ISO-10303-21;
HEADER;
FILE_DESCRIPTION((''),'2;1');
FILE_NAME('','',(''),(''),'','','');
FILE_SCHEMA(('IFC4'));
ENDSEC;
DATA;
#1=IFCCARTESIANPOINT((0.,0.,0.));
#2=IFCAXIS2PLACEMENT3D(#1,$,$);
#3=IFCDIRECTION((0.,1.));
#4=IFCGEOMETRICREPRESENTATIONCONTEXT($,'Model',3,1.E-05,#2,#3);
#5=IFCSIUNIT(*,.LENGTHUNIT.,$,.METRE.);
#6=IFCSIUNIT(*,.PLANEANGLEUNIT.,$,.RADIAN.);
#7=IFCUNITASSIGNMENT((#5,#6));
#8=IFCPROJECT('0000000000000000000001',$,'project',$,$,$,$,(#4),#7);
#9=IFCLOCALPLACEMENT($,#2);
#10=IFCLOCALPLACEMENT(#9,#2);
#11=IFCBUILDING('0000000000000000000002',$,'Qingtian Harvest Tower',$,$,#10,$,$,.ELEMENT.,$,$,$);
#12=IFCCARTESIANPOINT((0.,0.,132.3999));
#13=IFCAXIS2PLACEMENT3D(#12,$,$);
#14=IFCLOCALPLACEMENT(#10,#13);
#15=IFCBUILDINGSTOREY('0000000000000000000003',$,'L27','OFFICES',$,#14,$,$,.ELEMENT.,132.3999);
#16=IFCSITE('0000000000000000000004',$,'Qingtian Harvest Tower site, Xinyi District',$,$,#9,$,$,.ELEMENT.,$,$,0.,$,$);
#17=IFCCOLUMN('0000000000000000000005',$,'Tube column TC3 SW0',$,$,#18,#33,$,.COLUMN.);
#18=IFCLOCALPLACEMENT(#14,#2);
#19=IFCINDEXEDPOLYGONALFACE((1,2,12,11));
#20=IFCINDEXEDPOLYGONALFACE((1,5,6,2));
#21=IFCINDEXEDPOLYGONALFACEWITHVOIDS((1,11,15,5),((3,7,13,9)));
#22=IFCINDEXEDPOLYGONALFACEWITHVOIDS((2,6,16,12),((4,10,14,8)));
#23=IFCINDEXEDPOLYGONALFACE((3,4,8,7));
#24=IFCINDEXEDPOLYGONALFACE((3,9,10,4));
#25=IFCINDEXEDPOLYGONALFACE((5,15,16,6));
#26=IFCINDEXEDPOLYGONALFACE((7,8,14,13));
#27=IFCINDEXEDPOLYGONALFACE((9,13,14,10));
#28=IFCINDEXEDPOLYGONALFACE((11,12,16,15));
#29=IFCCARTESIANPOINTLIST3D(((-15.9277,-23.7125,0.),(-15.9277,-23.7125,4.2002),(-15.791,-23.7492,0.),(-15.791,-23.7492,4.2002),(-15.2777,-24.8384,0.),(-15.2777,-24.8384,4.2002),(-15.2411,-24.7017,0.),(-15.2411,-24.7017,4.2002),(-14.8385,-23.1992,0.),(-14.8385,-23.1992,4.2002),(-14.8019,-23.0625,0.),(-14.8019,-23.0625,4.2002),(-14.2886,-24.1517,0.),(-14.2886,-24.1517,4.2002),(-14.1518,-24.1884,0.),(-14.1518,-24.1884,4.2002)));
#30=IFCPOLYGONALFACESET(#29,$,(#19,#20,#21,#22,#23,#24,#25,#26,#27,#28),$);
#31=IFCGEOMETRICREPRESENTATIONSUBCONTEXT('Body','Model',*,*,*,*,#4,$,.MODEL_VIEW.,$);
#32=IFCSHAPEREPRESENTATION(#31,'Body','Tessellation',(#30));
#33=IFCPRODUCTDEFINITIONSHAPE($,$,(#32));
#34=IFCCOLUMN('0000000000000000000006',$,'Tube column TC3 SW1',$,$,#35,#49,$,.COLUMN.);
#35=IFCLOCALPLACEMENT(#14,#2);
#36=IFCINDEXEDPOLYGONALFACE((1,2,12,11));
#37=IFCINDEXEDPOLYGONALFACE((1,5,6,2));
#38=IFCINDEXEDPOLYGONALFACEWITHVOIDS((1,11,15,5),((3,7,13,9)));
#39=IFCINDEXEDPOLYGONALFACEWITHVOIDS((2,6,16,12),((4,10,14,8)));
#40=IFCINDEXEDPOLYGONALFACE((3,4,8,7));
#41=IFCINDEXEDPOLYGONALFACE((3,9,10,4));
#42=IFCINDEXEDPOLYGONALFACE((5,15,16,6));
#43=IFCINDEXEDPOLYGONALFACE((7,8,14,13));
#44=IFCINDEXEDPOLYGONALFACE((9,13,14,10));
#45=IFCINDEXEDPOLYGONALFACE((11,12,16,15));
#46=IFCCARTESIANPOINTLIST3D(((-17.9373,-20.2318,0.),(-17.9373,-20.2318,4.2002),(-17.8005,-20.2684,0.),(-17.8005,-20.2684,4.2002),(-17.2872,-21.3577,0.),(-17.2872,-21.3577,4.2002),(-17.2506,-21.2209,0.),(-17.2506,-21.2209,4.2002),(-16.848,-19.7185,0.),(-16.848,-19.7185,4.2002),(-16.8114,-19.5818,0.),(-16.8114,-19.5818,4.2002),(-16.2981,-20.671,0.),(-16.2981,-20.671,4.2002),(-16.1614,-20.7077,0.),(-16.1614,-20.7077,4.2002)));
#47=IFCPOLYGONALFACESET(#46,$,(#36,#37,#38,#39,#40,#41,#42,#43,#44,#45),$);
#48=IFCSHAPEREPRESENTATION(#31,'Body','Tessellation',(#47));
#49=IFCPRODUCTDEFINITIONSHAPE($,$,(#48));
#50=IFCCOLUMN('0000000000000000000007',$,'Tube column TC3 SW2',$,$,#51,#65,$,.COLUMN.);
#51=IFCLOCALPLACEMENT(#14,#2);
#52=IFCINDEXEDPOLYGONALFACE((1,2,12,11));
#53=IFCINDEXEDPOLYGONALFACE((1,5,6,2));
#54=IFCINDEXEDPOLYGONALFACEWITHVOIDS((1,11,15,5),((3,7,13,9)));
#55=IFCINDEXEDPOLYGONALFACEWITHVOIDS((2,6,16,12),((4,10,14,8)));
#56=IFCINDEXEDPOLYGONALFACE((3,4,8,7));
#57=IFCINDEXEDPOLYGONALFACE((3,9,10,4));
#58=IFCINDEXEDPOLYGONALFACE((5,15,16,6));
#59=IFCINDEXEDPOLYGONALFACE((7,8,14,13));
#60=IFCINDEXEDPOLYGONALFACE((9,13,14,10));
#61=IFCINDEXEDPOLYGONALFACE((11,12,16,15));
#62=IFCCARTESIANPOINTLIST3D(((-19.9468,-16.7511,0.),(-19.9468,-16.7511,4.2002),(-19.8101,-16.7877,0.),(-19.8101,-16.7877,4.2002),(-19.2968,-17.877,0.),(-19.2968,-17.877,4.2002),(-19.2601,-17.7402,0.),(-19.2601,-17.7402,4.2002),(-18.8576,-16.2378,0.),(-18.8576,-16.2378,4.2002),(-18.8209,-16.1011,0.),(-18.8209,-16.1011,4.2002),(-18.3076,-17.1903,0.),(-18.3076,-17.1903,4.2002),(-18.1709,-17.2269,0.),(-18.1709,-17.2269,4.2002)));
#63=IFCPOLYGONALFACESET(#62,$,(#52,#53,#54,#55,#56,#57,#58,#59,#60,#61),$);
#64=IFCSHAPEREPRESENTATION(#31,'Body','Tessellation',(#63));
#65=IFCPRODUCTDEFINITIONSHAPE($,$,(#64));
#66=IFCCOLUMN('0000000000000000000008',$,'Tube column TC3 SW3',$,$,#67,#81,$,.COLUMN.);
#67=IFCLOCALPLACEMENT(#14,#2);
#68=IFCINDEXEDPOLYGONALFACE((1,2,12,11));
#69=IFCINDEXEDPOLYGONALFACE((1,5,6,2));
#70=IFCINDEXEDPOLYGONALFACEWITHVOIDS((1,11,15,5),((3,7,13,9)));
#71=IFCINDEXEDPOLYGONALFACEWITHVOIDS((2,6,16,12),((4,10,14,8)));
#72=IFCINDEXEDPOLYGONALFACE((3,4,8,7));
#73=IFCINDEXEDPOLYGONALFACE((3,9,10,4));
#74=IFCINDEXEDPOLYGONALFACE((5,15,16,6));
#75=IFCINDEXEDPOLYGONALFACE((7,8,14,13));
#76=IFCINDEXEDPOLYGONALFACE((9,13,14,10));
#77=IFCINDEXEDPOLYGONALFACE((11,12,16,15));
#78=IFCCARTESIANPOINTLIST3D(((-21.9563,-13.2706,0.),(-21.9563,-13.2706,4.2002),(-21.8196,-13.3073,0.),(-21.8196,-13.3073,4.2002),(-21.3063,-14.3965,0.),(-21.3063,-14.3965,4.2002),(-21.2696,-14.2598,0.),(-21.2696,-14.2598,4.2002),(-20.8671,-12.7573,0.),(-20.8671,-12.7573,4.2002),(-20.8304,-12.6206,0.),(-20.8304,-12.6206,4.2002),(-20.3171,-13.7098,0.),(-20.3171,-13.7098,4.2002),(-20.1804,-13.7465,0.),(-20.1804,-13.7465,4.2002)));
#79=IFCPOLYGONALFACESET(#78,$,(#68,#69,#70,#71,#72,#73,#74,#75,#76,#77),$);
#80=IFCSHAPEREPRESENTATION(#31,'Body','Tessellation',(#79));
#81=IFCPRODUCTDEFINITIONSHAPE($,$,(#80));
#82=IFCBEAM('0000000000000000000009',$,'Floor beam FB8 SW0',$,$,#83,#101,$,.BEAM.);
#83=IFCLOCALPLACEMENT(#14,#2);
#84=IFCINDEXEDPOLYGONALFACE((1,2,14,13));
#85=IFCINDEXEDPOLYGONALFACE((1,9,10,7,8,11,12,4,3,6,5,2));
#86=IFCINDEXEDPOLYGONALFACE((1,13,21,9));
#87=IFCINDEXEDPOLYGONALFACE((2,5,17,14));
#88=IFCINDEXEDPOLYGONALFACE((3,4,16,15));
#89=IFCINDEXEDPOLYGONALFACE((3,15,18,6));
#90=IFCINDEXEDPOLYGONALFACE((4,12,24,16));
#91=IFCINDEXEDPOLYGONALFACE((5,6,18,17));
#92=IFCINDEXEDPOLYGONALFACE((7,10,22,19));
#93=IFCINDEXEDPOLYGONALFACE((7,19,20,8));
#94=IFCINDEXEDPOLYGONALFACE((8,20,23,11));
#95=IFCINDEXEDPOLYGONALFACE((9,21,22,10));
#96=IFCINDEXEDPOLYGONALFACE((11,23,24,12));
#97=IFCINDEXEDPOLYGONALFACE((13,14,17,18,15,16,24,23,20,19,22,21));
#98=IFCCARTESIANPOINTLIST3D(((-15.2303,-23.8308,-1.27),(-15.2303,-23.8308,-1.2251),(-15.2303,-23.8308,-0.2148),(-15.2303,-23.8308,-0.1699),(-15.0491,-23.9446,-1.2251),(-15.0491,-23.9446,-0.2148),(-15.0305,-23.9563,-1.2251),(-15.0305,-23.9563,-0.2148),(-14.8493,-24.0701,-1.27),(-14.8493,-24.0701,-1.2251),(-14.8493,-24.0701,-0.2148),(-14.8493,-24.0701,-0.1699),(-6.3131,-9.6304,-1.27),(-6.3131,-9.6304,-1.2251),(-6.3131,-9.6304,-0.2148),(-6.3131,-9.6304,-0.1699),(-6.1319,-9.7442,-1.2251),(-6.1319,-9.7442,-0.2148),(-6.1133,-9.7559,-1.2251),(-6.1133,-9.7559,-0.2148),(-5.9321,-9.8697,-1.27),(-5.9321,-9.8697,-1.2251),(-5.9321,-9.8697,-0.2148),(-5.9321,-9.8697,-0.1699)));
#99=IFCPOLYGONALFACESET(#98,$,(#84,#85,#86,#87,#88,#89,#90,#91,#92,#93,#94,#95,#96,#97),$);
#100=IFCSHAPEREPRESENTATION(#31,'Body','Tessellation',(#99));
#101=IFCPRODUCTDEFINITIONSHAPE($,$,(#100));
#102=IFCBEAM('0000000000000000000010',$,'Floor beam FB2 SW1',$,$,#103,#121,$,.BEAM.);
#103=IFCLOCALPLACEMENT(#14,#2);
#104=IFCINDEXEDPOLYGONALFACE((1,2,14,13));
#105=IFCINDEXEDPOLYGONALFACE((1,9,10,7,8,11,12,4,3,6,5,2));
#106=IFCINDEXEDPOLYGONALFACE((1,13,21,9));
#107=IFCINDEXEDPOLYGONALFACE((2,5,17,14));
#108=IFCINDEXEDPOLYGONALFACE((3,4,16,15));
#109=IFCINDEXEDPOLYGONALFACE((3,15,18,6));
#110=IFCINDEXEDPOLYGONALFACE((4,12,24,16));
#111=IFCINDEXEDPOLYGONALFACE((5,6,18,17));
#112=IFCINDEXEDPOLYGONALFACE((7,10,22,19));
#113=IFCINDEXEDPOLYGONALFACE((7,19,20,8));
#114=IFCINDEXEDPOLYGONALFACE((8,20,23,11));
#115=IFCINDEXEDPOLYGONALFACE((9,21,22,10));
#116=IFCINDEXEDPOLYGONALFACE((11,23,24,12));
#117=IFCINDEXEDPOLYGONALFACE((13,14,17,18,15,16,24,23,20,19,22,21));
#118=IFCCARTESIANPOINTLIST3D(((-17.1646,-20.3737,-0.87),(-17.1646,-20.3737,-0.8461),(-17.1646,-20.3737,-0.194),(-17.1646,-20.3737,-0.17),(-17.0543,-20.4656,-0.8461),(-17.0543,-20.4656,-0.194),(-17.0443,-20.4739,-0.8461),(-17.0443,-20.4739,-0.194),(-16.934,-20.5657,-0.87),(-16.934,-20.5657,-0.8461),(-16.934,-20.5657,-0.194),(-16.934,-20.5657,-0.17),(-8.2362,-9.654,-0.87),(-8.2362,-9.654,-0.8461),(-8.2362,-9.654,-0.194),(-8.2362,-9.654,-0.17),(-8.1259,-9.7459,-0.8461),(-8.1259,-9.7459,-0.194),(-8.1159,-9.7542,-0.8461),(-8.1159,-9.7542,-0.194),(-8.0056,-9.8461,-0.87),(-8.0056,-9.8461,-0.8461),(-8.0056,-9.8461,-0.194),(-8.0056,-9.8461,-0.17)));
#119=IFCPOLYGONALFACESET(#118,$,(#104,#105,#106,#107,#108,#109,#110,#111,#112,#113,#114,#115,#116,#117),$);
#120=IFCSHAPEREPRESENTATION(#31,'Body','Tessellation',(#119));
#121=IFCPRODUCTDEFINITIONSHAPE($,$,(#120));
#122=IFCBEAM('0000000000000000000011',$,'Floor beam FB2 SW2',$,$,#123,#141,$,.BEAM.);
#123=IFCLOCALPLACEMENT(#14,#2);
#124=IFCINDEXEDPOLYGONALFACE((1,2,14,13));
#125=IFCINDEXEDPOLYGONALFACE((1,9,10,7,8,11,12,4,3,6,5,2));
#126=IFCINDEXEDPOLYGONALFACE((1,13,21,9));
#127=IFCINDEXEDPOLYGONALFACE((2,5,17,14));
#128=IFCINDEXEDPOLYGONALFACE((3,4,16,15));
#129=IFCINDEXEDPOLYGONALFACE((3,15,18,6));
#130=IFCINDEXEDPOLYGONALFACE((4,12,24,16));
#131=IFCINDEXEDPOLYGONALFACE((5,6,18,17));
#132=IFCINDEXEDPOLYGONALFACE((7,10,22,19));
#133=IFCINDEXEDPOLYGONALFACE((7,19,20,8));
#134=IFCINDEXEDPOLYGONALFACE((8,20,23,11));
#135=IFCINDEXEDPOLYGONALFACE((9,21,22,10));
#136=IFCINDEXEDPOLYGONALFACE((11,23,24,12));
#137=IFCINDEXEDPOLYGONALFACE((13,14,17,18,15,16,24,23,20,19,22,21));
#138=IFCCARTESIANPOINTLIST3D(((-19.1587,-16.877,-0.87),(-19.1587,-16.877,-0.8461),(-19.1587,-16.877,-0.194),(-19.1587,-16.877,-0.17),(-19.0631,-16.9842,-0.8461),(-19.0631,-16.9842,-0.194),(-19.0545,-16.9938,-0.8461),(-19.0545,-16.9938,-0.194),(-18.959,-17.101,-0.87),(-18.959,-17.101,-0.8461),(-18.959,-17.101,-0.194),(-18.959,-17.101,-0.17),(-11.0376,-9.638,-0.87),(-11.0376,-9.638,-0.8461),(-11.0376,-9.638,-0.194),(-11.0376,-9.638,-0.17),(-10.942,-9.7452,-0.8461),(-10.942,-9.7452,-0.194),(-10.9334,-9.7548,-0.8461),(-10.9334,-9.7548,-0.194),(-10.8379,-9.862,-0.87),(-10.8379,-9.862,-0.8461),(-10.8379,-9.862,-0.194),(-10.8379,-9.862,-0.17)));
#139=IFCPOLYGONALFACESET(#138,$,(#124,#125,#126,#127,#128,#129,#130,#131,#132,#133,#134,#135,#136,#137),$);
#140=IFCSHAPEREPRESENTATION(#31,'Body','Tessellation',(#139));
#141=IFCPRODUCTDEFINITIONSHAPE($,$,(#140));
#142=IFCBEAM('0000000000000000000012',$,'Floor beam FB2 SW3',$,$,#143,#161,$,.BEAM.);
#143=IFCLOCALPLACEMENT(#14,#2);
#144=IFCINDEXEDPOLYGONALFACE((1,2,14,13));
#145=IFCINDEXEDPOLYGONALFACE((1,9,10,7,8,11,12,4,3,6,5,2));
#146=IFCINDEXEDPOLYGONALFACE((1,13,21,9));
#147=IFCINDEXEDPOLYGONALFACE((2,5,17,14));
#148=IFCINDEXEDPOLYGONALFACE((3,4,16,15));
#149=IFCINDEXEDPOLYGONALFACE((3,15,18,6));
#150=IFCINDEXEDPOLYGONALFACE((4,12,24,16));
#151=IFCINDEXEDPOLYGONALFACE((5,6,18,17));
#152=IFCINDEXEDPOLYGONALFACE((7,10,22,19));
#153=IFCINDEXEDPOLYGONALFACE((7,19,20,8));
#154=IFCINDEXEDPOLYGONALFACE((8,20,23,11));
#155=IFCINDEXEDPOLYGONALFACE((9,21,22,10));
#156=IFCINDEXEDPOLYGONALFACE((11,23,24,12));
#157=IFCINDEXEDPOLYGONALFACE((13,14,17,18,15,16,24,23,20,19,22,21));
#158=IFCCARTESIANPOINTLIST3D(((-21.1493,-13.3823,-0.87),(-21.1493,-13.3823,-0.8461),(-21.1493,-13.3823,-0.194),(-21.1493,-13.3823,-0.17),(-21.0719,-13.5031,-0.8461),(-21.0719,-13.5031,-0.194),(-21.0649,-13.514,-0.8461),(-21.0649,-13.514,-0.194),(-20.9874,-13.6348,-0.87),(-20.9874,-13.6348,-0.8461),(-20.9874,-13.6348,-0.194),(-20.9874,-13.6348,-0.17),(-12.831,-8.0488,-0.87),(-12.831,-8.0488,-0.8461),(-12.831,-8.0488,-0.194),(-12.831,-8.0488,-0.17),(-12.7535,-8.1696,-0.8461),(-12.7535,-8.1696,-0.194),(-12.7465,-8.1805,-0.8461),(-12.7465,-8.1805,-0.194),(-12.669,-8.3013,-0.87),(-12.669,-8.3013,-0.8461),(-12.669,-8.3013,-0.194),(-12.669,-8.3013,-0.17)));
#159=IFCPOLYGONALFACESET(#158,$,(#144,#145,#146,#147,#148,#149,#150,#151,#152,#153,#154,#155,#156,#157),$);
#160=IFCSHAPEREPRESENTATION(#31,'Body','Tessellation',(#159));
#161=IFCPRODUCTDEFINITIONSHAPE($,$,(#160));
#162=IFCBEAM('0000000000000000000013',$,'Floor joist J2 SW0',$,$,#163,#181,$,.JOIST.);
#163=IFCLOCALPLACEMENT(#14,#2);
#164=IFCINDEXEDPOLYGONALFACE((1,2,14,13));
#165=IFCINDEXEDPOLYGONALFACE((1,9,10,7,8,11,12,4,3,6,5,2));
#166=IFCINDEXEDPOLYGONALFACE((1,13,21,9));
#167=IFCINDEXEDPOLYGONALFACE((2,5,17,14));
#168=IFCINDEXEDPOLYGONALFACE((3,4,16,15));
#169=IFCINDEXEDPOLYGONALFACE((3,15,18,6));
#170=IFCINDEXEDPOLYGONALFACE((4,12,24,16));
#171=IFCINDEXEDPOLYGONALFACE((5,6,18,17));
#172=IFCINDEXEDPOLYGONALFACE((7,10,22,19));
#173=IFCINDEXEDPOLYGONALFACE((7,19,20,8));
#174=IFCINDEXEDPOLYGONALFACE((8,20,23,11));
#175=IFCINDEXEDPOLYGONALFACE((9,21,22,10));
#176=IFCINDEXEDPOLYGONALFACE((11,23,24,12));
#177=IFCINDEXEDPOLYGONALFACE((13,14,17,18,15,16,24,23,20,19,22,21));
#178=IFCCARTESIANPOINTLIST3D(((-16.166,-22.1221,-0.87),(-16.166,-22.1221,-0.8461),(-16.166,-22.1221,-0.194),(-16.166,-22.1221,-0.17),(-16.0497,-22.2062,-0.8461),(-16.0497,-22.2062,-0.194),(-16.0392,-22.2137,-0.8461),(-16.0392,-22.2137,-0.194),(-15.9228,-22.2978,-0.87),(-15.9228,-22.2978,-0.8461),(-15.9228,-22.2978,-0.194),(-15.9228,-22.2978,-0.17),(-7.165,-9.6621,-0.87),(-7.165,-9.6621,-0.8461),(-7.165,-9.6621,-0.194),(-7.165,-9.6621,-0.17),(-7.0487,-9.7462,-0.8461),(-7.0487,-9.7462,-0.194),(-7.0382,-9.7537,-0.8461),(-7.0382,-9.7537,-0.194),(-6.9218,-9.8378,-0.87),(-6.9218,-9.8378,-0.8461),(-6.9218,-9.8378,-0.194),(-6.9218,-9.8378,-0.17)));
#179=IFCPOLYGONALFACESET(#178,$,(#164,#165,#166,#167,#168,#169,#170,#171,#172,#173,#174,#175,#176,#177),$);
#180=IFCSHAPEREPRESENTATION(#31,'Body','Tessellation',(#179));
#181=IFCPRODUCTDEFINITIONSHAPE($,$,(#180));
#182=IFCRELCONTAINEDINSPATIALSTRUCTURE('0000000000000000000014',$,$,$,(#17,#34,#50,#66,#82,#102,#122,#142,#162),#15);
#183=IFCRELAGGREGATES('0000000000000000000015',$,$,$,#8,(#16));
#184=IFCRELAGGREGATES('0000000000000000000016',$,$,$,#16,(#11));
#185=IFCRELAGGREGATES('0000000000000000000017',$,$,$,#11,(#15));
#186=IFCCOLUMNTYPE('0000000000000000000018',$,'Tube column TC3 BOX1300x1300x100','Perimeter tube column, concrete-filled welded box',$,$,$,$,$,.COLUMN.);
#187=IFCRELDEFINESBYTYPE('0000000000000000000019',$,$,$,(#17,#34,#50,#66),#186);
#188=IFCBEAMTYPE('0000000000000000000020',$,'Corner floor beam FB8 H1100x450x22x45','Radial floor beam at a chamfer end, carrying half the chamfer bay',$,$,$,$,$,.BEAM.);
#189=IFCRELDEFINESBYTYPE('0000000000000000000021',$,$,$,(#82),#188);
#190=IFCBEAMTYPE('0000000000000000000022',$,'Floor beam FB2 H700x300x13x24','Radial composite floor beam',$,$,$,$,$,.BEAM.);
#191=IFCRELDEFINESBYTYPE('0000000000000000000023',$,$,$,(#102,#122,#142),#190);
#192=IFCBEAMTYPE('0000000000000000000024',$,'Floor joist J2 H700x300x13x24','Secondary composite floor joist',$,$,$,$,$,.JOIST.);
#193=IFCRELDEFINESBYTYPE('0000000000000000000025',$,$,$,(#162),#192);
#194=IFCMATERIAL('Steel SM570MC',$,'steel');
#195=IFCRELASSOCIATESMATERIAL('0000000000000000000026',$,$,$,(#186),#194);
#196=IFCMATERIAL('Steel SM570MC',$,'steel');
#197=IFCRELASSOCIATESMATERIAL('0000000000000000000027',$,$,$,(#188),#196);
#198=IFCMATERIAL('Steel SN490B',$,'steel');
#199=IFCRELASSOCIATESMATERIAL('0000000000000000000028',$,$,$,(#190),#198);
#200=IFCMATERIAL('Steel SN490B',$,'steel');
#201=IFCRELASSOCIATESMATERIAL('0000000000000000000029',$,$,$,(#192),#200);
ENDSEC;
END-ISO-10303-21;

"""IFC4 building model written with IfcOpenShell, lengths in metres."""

from ifc_helpers import new_model, si_unit, direction, frame, origin, origin_2d, place, context, subcontext, project, spatial, hollow_rectangle, i_section, extrude, material, material_profile, profile_set, type_object, element, save


model = new_model("IFC4")

# Units and contexts
model_context = context("Model", 3, precision=1e-05, world=origin(), true_north=direction((0.0, 1.0)))
body_context = subcontext(model_context, "Body", "Model", "MODEL_VIEW")
ifc_project = project(units=[si_unit("LENGTHUNIT", "METRE"), si_unit("PLANEANGLEUNIT", "RADIAN")], contexts=[model_context])

# Site, building, storey
site_placement = place(None, origin())
site = spatial("IfcSite", under=ifc_project, at=site_placement, Name="Qingtian Harvest Tower site, Xinyi District", CompositionType="ELEMENT", RefElevation=0.0)
building_placement = place(site_placement, origin())
building = spatial("IfcBuilding", under=site, at=building_placement, Name="Qingtian Harvest Tower", CompositionType="ELEMENT")
storey_placement = place(building_placement, frame((0.0, 0.0, 132.3999)))
storey = spatial("IfcBuildingStorey", under=building, at=storey_placement, Name="L27", Description="OFFICES", CompositionType="ELEMENT", Elevation=132.3999)

# Columns
ifc_material_1 = material(Name="Steel SM570MC", Category="steel")
ifc_material_profile_1 = material_profile(ifc_material_1, hollow_rectangle(XDim=1.3, YDim=1.3, WallThickness=0.1001, at=origin_2d()), Name="BOX1300x1300x100")
ifc_profile_set_1 = profile_set([ifc_material_profile_1], Name="Steel SM570MC")
column_type = type_object("IfcColumnType", Name="Tube column TC3 BOX1300x1300x100", Description="Perimeter tube column, concrete-filled welded box", PredefinedType="COLUMN", material=ifc_profile_set_1)
for number, where, z_axis, x_axis, name in (
    (1, (-15.0398, -23.9504, 0.0), (0.0, 0.0, 1.0), (0.5, -0.866025, 0.0), "Tube column TC3 SW0"),
    (2, (-17.0493, -20.4697, 0.0), (0.0, 0.0, 1.0), (0.5, -0.866025, 0.0), "Tube column TC3 SW1"),
    (3, (-19.0588, -16.989, 0.0), (0.0, 0.0, 1.0), (0.5, -0.866025, 0.0), "Tube column TC3 SW2"),
    (4, (-21.0684, -13.5085, 0.0), (0.0, 0.0, 1.0), (0.5, -0.866025, 0.0), "Tube column TC3 SW3"),
):
    element("IfcColumn", number, at=place(storey_placement, frame(where, z_axis=z_axis, x_axis=x_axis)), inside=storey, type_object=column_type, Name=name, PredefinedType="COLUMN", context=body_context, shape_type="SweptSolid", body=[
        extrude(hollow_rectangle(XDim=1.3, YDim=1.3, WallThickness=0.1001, at=origin_2d()), origin(), (0.0, 0.0, 1.0), 4.2002),
    ])

# Beams
ifc_material_2 = material(Name="Steel SM570MC", Category="steel")
ifc_material_profile_2 = material_profile(ifc_material_2, i_section(OverallWidth=0.45, OverallDepth=1.1001, WebThickness=0.022, FlangeThickness=0.0449, at=origin_2d()), Name="H1100x450x22x45")
ifc_profile_set_2 = profile_set([ifc_material_profile_2], Name="Steel SM570MC")
beam_type_1 = type_object("IfcBeamType", Name="Corner floor beam FB8 H1100x450x22x45", Description="Radial floor beam at a chamfer end, carrying half the chamfer bay", PredefinedType="BEAM", material=ifc_profile_set_2)
beam_1_placement = place(storey_placement, frame((-15.0398, -23.9504, -0.72), z_axis=(0.531797, 0.846872, 0.0), x_axis=(-0.846872, 0.531797, 0.0)))
element("IfcBeam", 5, at=beam_1_placement, inside=storey, type_object=beam_type_1, Name="Floor beam FB8 SW0", PredefinedType="BEAM", context=body_context, shape_type="SweptSolid", body=[
    extrude(i_section(OverallWidth=0.45, OverallDepth=1.1001, WebThickness=0.022, FlangeThickness=0.0449, at=origin_2d()), origin(), (0.0, 0.0, 1.0), 16.7681),
])
ifc_material_3 = material(Name="Steel SN490B", Category="steel")
ifc_material_profile_3 = material_profile(ifc_material_3, i_section(OverallWidth=0.3, OverallDepth=0.7, WebThickness=0.0129, FlangeThickness=0.0239, at=origin_2d()), Name="H700x300x13x24")
ifc_profile_set_3 = profile_set([ifc_material_profile_3], Name="Steel SN490B")
beam_type_2 = type_object("IfcBeamType", Name="Floor beam FB2 H700x300x13x24", Description="Radial composite floor beam", PredefinedType="BEAM", material=ifc_profile_set_3)
beam_2_placement = place(storey_placement, frame((-17.0493, -20.4697, -0.52), z_axis=(0.639988, 0.768385, 0.0), x_axis=(-0.768385, 0.639988, 0.0)))
element("IfcBeam", 6, at=beam_2_placement, inside=storey, type_object=beam_type_2, Name="Floor beam FB2 SW1", PredefinedType="BEAM", context=body_context, shape_type="SweptSolid", body=[
    extrude(i_section(OverallWidth=0.3, OverallDepth=0.7, WebThickness=0.0129, FlangeThickness=0.0239, at=origin_2d()), origin(), (0.0, 0.0, 1.0), 13.9509),
])
beam_3_placement = place(storey_placement, frame((-19.0588, -16.989, -0.52), z_axis=(0.746484, 0.665404, 0.0), x_axis=(-0.665404, 0.746484, 0.0)))
element("IfcBeam", 7, at=beam_3_placement, inside=storey, type_object=beam_type_2, Name="Floor beam FB2 SW2", PredefinedType="BEAM", context=body_context, shape_type="SweptSolid", body=[
    extrude(i_section(OverallWidth=0.3, OverallDepth=0.7, WebThickness=0.0129, FlangeThickness=0.0239, at=origin_2d()), origin(), (0.0, 0.0, 1.0), 10.8792),
])
beam_4_placement = place(storey_placement, frame((-21.0684, -13.5085, -0.52), z_axis=(0.841823, 0.539753, 0.0), x_axis=(-0.539753, 0.841823, 0.0)))
element("IfcBeam", 8, at=beam_4_placement, inside=storey, type_object=beam_type_2, Name="Floor beam FB2 SW3", PredefinedType="BEAM", context=body_context, shape_type="SweptSolid", body=[
    extrude(i_section(OverallWidth=0.3, OverallDepth=0.7, WebThickness=0.0129, FlangeThickness=0.0239, at=origin_2d()), origin(), (0.0, 0.0, 1.0), 9.8813),
])
ifc_material_4 = material(Name="Steel SN490B", Category="steel")
ifc_material_profile_4 = material_profile(ifc_material_4, i_section(OverallWidth=0.3, OverallDepth=0.7, WebThickness=0.0129, FlangeThickness=0.0239, at=origin_2d()), Name="H700x300x13x24")
ifc_profile_set_4 = profile_set([ifc_material_profile_4], Name="Steel SN490B")
beam_type_3 = type_object("IfcBeamType", Name="Floor joist J2 H700x300x13x24", Description="Secondary composite floor joist", PredefinedType="JOIST", material=ifc_profile_set_4)
beam_5_placement = place(storey_placement, frame((-16.0444, -22.21, -0.52), z_axis=(0.585581, 0.810614, 0.0), x_axis=(-0.810614, 0.585581, 0.0)))
element("IfcBeam", 9, at=beam_5_placement, inside=storey, type_object=beam_type_3, Name="Floor joist J2 SW0", PredefinedType="JOIST", context=body_context, shape_type="SweptSolid", body=[
    extrude(i_section(OverallWidth=0.3, OverallDepth=0.7, WebThickness=0.0129, FlangeThickness=0.0239, at=origin_2d()), origin(), (0.0, 0.0, 1.0), 15.3711),
])

save(model, "model.ifc")
